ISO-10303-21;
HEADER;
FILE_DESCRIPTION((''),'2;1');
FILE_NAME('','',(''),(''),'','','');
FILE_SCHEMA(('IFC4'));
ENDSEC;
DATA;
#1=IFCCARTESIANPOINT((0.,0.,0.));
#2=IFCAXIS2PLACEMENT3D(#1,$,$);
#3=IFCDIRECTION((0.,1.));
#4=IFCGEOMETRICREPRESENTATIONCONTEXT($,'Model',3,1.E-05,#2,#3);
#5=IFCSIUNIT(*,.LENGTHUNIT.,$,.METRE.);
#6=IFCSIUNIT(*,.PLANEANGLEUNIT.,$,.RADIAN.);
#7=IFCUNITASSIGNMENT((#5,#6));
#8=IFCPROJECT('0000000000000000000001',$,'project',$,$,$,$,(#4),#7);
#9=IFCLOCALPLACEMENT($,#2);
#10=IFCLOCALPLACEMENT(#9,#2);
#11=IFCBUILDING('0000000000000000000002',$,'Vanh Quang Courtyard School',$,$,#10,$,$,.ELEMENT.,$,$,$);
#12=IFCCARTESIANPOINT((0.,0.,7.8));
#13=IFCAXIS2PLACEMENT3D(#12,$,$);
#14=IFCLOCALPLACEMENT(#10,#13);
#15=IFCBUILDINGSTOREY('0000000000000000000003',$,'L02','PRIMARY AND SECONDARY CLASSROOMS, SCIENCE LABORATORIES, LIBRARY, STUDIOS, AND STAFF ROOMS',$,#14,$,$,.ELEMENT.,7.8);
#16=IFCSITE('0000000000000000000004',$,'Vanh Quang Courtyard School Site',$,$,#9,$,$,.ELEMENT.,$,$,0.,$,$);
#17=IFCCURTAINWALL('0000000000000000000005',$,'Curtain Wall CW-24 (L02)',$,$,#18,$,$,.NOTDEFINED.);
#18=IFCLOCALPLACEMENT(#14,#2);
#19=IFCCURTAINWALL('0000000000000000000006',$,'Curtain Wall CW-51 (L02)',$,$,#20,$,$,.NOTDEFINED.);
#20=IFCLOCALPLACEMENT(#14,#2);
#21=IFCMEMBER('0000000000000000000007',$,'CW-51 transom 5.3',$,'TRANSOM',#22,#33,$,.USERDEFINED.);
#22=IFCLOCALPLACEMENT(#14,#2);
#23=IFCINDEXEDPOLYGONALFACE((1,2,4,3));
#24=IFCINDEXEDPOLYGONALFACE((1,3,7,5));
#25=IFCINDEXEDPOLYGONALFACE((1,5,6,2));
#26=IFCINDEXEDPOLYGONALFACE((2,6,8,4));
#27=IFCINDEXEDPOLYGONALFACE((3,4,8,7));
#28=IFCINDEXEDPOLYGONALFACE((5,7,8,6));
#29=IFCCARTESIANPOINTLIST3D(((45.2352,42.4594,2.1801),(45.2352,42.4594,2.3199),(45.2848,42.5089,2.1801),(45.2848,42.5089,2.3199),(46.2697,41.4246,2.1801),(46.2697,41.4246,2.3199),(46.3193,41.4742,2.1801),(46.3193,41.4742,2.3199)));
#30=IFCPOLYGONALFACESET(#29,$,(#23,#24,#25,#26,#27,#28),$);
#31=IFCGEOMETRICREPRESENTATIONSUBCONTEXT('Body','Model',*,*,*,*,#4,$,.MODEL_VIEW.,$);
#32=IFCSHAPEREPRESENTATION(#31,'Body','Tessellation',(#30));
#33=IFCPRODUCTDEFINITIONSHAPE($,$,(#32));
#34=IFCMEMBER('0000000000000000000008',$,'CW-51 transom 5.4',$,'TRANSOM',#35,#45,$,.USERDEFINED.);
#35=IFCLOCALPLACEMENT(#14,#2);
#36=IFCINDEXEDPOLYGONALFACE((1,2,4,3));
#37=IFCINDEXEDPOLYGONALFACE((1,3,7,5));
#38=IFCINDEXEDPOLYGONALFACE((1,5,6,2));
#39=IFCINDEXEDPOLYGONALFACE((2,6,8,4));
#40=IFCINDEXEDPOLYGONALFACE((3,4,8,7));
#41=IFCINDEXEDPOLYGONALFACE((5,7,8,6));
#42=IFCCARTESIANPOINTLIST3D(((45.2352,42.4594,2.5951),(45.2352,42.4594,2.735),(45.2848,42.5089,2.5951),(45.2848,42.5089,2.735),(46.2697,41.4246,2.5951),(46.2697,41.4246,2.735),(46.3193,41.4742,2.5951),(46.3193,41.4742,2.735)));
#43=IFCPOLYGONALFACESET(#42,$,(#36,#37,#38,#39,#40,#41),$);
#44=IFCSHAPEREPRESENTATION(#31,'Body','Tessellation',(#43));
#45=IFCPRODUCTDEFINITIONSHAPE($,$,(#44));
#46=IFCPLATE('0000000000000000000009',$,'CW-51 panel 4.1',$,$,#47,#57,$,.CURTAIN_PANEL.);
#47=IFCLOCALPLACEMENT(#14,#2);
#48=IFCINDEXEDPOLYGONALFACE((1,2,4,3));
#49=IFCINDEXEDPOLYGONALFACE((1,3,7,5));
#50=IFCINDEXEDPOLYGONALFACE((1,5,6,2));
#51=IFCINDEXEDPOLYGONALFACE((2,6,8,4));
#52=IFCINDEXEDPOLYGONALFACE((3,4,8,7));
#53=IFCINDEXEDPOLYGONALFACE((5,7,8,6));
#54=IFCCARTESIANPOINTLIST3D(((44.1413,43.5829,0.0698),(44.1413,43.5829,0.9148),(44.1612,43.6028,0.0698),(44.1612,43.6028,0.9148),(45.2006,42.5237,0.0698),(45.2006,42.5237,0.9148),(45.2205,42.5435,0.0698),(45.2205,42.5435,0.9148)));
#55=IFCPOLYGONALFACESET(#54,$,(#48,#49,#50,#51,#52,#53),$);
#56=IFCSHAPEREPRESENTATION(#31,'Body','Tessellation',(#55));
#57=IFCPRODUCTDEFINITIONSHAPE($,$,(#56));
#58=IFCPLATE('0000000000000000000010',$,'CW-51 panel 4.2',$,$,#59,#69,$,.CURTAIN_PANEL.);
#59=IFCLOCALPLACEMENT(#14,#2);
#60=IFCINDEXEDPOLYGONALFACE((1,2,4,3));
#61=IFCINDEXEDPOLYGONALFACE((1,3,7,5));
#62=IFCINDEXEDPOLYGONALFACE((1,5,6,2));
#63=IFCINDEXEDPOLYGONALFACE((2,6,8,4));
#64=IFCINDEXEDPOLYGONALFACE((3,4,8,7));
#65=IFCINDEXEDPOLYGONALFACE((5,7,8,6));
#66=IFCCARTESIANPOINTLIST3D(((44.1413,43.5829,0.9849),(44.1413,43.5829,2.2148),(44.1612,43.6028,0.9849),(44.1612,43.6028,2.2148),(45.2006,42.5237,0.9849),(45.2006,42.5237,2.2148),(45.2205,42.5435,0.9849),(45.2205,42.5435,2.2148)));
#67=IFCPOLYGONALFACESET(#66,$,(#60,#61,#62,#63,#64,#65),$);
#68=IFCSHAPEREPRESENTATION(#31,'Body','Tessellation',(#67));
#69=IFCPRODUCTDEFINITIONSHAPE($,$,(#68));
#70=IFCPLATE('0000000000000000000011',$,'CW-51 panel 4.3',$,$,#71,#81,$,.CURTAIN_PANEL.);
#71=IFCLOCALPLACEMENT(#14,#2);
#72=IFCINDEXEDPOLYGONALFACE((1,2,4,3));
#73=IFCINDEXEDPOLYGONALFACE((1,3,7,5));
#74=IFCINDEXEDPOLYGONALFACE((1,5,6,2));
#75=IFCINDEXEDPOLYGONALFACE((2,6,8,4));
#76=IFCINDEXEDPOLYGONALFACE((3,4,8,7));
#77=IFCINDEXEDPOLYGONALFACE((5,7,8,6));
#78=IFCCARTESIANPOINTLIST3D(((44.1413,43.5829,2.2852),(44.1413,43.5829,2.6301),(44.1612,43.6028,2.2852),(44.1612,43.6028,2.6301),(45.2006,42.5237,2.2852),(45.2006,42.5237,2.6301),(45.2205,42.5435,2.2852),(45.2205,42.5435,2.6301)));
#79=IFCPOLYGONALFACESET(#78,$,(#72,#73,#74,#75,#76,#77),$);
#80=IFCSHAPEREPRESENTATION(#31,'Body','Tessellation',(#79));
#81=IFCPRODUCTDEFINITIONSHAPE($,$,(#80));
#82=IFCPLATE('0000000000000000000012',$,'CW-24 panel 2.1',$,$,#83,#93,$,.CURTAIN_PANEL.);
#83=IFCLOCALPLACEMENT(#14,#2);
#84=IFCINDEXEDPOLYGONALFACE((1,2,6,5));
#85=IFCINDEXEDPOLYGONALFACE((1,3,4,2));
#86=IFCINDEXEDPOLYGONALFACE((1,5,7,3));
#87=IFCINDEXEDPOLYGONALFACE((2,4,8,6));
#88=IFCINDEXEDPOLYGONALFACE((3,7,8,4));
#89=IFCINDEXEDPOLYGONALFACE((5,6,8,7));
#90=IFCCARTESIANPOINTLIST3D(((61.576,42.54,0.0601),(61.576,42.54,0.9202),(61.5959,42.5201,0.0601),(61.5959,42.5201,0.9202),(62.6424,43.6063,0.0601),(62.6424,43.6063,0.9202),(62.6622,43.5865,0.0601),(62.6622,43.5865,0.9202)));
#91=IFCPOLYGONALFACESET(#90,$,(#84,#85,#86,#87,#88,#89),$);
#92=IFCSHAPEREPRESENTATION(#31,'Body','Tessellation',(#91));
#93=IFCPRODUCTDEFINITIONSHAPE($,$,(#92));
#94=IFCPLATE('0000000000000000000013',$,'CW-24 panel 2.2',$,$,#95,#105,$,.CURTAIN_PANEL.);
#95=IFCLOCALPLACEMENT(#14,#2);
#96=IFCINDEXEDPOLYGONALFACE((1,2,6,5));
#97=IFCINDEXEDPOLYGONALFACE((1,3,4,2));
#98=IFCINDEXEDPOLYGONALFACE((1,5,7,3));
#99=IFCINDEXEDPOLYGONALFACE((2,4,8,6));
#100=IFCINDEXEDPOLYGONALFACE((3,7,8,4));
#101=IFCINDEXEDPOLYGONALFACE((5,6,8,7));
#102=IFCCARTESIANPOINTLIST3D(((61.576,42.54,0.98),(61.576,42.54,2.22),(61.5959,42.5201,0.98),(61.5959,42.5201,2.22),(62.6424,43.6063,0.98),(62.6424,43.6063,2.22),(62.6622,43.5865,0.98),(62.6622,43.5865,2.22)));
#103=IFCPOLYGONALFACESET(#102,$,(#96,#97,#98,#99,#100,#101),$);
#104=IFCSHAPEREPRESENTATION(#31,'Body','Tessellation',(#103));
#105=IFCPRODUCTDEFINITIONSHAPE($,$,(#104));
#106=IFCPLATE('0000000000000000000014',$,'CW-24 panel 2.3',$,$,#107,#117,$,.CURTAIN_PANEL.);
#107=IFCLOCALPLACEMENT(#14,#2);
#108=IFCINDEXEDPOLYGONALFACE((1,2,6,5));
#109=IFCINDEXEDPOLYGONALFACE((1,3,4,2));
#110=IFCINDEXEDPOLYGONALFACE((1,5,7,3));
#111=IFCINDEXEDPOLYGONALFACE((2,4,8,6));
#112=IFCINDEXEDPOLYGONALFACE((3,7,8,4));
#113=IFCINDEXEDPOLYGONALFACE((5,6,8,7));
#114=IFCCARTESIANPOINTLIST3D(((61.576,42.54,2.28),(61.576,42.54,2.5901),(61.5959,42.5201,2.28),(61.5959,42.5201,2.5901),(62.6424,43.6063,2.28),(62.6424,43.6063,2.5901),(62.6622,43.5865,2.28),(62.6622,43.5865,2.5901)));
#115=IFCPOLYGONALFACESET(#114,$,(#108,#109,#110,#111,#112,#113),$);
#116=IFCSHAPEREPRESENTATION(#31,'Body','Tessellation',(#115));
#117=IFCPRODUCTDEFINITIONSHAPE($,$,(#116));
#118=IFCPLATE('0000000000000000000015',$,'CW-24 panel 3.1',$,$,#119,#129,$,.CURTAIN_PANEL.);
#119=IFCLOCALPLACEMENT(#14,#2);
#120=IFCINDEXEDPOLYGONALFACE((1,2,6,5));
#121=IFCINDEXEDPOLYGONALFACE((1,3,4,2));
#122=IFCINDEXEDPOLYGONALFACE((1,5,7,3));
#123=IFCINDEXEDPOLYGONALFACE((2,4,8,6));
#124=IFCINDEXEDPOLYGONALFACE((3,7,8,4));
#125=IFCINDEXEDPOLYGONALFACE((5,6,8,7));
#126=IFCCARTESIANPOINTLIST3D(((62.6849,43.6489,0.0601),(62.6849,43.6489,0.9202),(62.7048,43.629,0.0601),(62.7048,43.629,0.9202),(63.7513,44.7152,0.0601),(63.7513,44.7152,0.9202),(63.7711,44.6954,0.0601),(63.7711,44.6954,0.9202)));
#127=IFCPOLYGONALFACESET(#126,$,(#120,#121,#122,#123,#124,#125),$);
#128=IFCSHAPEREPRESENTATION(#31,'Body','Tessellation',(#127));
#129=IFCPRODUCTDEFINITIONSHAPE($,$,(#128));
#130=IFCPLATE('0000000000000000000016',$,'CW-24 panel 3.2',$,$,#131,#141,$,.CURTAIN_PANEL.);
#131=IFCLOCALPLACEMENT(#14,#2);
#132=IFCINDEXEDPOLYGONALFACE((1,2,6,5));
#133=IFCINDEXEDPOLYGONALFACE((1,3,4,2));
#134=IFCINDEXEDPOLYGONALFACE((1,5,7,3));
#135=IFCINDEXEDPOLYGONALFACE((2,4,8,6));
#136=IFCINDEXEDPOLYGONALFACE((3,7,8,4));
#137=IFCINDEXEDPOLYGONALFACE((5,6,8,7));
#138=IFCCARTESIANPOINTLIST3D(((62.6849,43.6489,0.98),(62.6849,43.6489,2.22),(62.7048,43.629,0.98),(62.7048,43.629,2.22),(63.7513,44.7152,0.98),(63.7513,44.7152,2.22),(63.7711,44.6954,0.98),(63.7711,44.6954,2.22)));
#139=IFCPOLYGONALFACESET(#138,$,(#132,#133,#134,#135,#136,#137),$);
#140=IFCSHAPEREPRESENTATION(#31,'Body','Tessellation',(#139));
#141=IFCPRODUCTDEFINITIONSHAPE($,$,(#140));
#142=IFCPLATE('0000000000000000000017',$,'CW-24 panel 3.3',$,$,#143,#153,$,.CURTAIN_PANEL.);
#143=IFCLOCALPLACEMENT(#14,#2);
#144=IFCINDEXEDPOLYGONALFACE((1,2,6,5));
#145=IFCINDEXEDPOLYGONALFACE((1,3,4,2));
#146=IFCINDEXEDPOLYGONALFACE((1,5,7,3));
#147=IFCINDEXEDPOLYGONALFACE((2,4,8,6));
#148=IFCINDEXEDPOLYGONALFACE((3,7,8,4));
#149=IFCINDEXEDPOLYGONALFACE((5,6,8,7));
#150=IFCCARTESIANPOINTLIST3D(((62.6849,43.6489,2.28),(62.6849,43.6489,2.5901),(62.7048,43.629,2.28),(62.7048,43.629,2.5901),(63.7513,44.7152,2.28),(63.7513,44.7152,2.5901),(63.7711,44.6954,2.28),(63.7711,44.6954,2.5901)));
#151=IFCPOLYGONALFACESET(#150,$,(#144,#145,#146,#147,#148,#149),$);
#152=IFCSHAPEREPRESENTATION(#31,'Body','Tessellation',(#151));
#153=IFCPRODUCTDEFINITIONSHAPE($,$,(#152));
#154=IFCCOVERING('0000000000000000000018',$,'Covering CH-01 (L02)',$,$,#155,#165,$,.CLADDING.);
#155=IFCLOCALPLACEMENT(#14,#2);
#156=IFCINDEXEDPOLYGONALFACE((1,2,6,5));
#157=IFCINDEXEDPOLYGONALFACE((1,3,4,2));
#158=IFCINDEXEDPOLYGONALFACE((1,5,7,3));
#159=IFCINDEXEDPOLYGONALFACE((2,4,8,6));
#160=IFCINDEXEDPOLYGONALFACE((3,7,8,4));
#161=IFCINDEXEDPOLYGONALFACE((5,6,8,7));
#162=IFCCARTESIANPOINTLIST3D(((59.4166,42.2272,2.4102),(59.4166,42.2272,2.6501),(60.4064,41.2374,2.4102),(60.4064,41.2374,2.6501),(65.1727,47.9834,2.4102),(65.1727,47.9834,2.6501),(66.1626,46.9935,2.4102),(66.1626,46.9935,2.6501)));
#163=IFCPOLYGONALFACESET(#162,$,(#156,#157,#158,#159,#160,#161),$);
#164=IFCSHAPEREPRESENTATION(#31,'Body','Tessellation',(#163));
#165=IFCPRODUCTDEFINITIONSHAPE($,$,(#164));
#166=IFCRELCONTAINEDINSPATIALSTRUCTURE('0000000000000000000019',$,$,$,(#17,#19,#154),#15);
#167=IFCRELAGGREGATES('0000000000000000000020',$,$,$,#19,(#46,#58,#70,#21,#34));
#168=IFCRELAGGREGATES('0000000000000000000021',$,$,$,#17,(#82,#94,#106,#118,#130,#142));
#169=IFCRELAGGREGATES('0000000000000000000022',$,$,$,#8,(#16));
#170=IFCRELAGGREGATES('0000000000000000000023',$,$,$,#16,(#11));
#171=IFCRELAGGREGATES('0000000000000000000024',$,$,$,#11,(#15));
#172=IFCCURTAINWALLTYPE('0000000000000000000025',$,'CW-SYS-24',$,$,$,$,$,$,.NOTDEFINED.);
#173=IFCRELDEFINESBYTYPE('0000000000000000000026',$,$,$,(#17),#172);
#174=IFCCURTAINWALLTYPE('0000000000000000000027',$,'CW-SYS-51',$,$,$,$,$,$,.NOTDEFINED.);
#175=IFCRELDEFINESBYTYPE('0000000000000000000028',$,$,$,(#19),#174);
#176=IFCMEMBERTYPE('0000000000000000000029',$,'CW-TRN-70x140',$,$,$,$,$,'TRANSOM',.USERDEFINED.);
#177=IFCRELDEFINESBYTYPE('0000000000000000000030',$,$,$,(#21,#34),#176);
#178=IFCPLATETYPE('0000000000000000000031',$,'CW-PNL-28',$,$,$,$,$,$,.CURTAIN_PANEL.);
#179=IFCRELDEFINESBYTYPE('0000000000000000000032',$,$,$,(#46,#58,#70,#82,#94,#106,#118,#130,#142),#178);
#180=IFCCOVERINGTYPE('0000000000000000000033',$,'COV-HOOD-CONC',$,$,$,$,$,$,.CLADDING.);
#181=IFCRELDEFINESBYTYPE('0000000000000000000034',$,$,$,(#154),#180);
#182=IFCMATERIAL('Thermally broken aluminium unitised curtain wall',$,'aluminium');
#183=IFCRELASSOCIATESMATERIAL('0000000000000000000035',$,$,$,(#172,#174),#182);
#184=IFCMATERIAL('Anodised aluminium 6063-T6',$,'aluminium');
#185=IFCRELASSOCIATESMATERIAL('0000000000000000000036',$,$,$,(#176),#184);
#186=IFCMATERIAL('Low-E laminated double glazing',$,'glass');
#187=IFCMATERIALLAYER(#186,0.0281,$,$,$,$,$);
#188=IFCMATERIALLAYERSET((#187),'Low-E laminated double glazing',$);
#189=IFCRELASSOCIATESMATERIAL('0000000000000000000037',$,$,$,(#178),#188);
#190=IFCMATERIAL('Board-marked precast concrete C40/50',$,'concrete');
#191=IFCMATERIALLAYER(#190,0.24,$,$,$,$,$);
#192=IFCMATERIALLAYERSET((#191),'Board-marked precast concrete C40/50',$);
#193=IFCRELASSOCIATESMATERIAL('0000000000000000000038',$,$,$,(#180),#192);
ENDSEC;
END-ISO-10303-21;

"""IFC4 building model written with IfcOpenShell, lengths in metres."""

from ifc_helpers import new_model, si_unit, direction, frame, origin, origin_2d, place, context, subcontext, project, spatial, rectangle, extrude, material, layer, layer_set, material_profile, profile_set, type_object, element, aggregate, save


model = new_model("IFC4")

# Units and contexts
model_context = context("Model", 3, precision=1e-05, world=origin(), true_north=direction((0.0, 1.0)))
body_context = subcontext(model_context, "Body", "Model", "MODEL_VIEW")
ifc_project = project(units=[si_unit("LENGTHUNIT", "METRE"), si_unit("PLANEANGLEUNIT", "RADIAN")], contexts=[model_context])

# Site, building, storey
site_placement = place(None, origin())
site = spatial("IfcSite", under=ifc_project, at=site_placement, Name="Vanh Quang Courtyard School Site", CompositionType="ELEMENT", RefElevation=0.0)
building_placement = place(site_placement, origin())
building = spatial("IfcBuilding", under=site, at=building_placement, Name="Vanh Quang Courtyard School", CompositionType="ELEMENT")
storey_placement = place(building_placement, frame((0.0, 0.0, 7.8)))
storey = spatial("IfcBuildingStorey", under=building, at=storey_placement, Name="L02", Description="PRIMARY AND SECONDARY CLASSROOMS, SCIENCE LABORATORIES, LIBRARY, STUDIOS, AND STAFF ROOMS", CompositionType="ELEMENT", Elevation=7.8)

# Curtain wall
ifc_material_1 = material(Name="Thermally broken aluminium unitised curtain wall", Category="aluminium")
curtain_wall_type_1 = type_object("IfcCurtainWallType", Name="CW-SYS-24", PredefinedType="NOTDEFINED", material=ifc_material_1)
curtain_wall_1_placement = place(storey_placement, origin())
curtain_wall_1 = element("IfcCurtainWall", 1, at=curtain_wall_1_placement, inside=storey, type_object=curtain_wall_type_1, Name="Curtain Wall CW-24 (L02)", PredefinedType="NOTDEFINED")
ifc_material_2 = material(Name="Anodised aluminium 6063-T6", Category="aluminium")

# Curtain wall
curtain_wall_type_2 = type_object("IfcCurtainWallType", Name="CW-SYS-51", PredefinedType="NOTDEFINED", material=ifc_material_1)
curtain_wall_2_placement = place(storey_placement, origin())
curtain_wall_2 = element("IfcCurtainWall", 2, at=curtain_wall_2_placement, inside=storey, type_object=curtain_wall_type_2, Name="Curtain Wall CW-51 (L02)", PredefinedType="NOTDEFINED")

# Members
ifc_material_profile_1 = material_profile(ifc_material_2, rectangle(XDim=0.0701, YDim=0.1399, at=origin_2d()), Name="ALU-TRN 70x140")
ifc_profile_set_1 = profile_set([ifc_material_profile_1], Name="Anodised aluminium 6063-T6")
member_type_1 = type_object("IfcMemberType", Name="CW-TRN-70x140", ElementType="TRANSOM", PredefinedType="USERDEFINED", material=ifc_profile_set_1)
member_1_placement = place(storey_placement, frame((45.26, 42.4841, 2.25), z_axis=(0.707023, -0.70719, 0.0), x_axis=(0.70719, 0.707023, 0.0)))
member_1 = element("IfcMember", 3, at=member_1_placement, type_object=member_type_1, Name="CW-51 transom 5.3", ObjectType="TRANSOM", PredefinedType="USERDEFINED", context=body_context, shape_type="SweptSolid", body=[
    extrude(rectangle(XDim=0.0701, YDim=0.1399, at=origin_2d()), origin(), (0.0, 0.0, 1.0), 1.4631),
])
member_2_placement = place(storey_placement, frame((45.26, 42.4841, 2.665), z_axis=(0.707023, -0.70719, 0.0), x_axis=(0.70719, 0.707023, 0.0)))
member_2 = element("IfcMember", 4, at=member_2_placement, type_object=member_type_1, Name="CW-51 transom 5.4", ObjectType="TRANSOM", PredefinedType="USERDEFINED", context=body_context, shape_type="SweptSolid", body=[
    extrude(rectangle(XDim=0.0701, YDim=0.1399, at=origin_2d()), origin(), (0.0, 0.0, 1.0), 1.4631),
])

# Plates
ifc_material_3 = material(Name="Low-E laminated double glazing", Category="glass")
ifc_layer_1 = layer(ifc_material_3, 0.0281)
ifc_layer_set_1 = layer_set([ifc_layer_1], Name="Low-E laminated double glazing")
plate_type = type_object("IfcPlateType", Name="CW-PNL-28", PredefinedType="CURTAIN_PANEL", material=ifc_layer_set_1)
plate_1_placement = place(storey_placement, frame((44.6809, 43.0632, 0.0698), z_axis=(0.0, 0.0, 1.0), x_axis=(0.707107, -0.707107, 0.0)))
plate_1 = element("IfcPlate", 5, at=plate_1_placement, type_object=plate_type, Name="CW-51 panel 4.1", PredefinedType="CURTAIN_PANEL", context=body_context, shape_type="SweptSolid", body=[
    extrude(rectangle(XDim=1.498, YDim=0.0281, at=origin_2d()), origin(), (0.0, 0.0, 1.0), 0.845),
])
plate_2_placement = place(storey_placement, frame((44.6809, 43.0632, 0.9849), z_axis=(0.0, 0.0, 1.0), x_axis=(0.707107, -0.707107, 0.0)))
plate_2 = element("IfcPlate", 6, at=plate_2_placement, type_object=plate_type, Name="CW-51 panel 4.2", PredefinedType="CURTAIN_PANEL", context=body_context, shape_type="SweptSolid", body=[
    extrude(rectangle(XDim=1.498, YDim=0.0281, at=origin_2d()), origin(), (0.0, 0.0, 1.0), 1.23),
])
plate_3_placement = place(storey_placement, frame((44.6809, 43.0632, 2.2852), z_axis=(0.0, 0.0, 1.0), x_axis=(0.707107, -0.707107, 0.0)))
plate_3 = element("IfcPlate", 7, at=plate_3_placement, type_object=plate_type, Name="CW-51 panel 4.3", PredefinedType="CURTAIN_PANEL", context=body_context, shape_type="SweptSolid", body=[
    extrude(rectangle(XDim=1.498, YDim=0.0281, at=origin_2d()), origin(), (0.0, 0.0, 1.0), 0.345),
])
aggregate(curtain_wall_2, [plate_1, plate_2, plate_3, member_1, member_2])
plate_4_placement = place(storey_placement, frame((62.1191, 43.0632, 0.0601), z_axis=(0.0, 0.0, 1.0), x_axis=(0.707107, 0.707107, 0.0)))
plate_4 = element("IfcPlate", 8, at=plate_4_placement, type_object=plate_type, Name="CW-24 panel 2.1", PredefinedType="CURTAIN_PANEL", context=body_context, shape_type="SweptSolid", body=[
    extrude(rectangle(XDim=1.5081, YDim=0.0281, at=origin_2d()), origin(), (0.0, 0.0, 1.0), 0.8601),
])
plate_5_placement = place(storey_placement, frame((62.1191, 43.0632, 0.98), z_axis=(0.0, 0.0, 1.0), x_axis=(0.707107, 0.707107, 0.0)))
plate_5 = element("IfcPlate", 9, at=plate_5_placement, type_object=plate_type, Name="CW-24 panel 2.2", PredefinedType="CURTAIN_PANEL", context=body_context, shape_type="SweptSolid", body=[
    extrude(rectangle(XDim=1.5081, YDim=0.0281, at=origin_2d()), origin(), (0.0, 0.0, 1.0), 1.24),
])
plate_6_placement = place(storey_placement, frame((62.1191, 43.0632, 2.28), z_axis=(0.0, 0.0, 1.0), x_axis=(0.707107, 0.707107, 0.0)))
plate_6 = element("IfcPlate", 10, at=plate_6_placement, type_object=plate_type, Name="CW-24 panel 2.3", PredefinedType="CURTAIN_PANEL", context=body_context, shape_type="SweptSolid", body=[
    extrude(rectangle(XDim=1.5081, YDim=0.0281, at=origin_2d()), origin(), (0.0, 0.0, 1.0), 0.3101),
])
plate_7_placement = place(storey_placement, frame((63.228, 44.1721, 0.0601), z_axis=(0.0, 0.0, 1.0), x_axis=(0.707107, 0.707107, 0.0)))
plate_7 = element("IfcPlate", 11, at=plate_7_placement, type_object=plate_type, Name="CW-24 panel 3.1", PredefinedType="CURTAIN_PANEL", context=body_context, shape_type="SweptSolid", body=[
    extrude(rectangle(XDim=1.5081, YDim=0.0281, at=origin_2d()), origin(), (0.0, 0.0, 1.0), 0.8601),
])
plate_8_placement = place(storey_placement, frame((63.228, 44.1721, 0.98), z_axis=(0.0, 0.0, 1.0), x_axis=(0.707107, 0.707107, 0.0)))
plate_8 = element("IfcPlate", 12, at=plate_8_placement, type_object=plate_type, Name="CW-24 panel 3.2", PredefinedType="CURTAIN_PANEL", context=body_context, shape_type="SweptSolid", body=[
    extrude(rectangle(XDim=1.5081, YDim=0.0281, at=origin_2d()), origin(), (0.0, 0.0, 1.0), 1.24),
])
plate_9_placement = place(storey_placement, frame((63.228, 44.1721, 2.28), z_axis=(0.0, 0.0, 1.0), x_axis=(0.707107, 0.707107, 0.0)))
plate_9 = element("IfcPlate", 13, at=plate_9_placement, type_object=plate_type, Name="CW-24 panel 3.3", PredefinedType="CURTAIN_PANEL", context=body_context, shape_type="SweptSolid", body=[
    extrude(rectangle(XDim=1.5081, YDim=0.0281, at=origin_2d()), origin(), (0.0, 0.0, 1.0), 0.3101),
])
aggregate(curtain_wall_1, [plate_4, plate_5, plate_6, plate_7, plate_8, plate_9])

# Covering
ifc_material_4 = material(Name="Board-marked precast concrete C40/50", Category="concrete")
ifc_layer_2 = layer(ifc_material_4, 0.24)
ifc_layer_set_2 = layer_set([ifc_layer_2], Name="Board-marked precast concrete C40/50")
covering_type = type_object("IfcCoveringType", Name="COV-HOOD-CONC", PredefinedType="CLADDING", material=ifc_layer_set_2)
covering_placement = place(storey_placement, frame((62.7896, 44.6104, 2.4102), z_axis=(0.0, 0.0, 1.0), x_axis=(0.707107, 0.707107, 0.0)))
element("IfcCovering", 14, at=covering_placement, inside=storey, type_object=covering_type, Name="Covering CH-01 (L02)", PredefinedType="CLADDING", context=body_context, shape_type="SweptSolid", body=[
    extrude(rectangle(XDim=8.1404, YDim=1.3999, at=origin_2d()), origin(), (0.0, 0.0, 1.0), 0.24),
])

save(model, "model.ifc")
